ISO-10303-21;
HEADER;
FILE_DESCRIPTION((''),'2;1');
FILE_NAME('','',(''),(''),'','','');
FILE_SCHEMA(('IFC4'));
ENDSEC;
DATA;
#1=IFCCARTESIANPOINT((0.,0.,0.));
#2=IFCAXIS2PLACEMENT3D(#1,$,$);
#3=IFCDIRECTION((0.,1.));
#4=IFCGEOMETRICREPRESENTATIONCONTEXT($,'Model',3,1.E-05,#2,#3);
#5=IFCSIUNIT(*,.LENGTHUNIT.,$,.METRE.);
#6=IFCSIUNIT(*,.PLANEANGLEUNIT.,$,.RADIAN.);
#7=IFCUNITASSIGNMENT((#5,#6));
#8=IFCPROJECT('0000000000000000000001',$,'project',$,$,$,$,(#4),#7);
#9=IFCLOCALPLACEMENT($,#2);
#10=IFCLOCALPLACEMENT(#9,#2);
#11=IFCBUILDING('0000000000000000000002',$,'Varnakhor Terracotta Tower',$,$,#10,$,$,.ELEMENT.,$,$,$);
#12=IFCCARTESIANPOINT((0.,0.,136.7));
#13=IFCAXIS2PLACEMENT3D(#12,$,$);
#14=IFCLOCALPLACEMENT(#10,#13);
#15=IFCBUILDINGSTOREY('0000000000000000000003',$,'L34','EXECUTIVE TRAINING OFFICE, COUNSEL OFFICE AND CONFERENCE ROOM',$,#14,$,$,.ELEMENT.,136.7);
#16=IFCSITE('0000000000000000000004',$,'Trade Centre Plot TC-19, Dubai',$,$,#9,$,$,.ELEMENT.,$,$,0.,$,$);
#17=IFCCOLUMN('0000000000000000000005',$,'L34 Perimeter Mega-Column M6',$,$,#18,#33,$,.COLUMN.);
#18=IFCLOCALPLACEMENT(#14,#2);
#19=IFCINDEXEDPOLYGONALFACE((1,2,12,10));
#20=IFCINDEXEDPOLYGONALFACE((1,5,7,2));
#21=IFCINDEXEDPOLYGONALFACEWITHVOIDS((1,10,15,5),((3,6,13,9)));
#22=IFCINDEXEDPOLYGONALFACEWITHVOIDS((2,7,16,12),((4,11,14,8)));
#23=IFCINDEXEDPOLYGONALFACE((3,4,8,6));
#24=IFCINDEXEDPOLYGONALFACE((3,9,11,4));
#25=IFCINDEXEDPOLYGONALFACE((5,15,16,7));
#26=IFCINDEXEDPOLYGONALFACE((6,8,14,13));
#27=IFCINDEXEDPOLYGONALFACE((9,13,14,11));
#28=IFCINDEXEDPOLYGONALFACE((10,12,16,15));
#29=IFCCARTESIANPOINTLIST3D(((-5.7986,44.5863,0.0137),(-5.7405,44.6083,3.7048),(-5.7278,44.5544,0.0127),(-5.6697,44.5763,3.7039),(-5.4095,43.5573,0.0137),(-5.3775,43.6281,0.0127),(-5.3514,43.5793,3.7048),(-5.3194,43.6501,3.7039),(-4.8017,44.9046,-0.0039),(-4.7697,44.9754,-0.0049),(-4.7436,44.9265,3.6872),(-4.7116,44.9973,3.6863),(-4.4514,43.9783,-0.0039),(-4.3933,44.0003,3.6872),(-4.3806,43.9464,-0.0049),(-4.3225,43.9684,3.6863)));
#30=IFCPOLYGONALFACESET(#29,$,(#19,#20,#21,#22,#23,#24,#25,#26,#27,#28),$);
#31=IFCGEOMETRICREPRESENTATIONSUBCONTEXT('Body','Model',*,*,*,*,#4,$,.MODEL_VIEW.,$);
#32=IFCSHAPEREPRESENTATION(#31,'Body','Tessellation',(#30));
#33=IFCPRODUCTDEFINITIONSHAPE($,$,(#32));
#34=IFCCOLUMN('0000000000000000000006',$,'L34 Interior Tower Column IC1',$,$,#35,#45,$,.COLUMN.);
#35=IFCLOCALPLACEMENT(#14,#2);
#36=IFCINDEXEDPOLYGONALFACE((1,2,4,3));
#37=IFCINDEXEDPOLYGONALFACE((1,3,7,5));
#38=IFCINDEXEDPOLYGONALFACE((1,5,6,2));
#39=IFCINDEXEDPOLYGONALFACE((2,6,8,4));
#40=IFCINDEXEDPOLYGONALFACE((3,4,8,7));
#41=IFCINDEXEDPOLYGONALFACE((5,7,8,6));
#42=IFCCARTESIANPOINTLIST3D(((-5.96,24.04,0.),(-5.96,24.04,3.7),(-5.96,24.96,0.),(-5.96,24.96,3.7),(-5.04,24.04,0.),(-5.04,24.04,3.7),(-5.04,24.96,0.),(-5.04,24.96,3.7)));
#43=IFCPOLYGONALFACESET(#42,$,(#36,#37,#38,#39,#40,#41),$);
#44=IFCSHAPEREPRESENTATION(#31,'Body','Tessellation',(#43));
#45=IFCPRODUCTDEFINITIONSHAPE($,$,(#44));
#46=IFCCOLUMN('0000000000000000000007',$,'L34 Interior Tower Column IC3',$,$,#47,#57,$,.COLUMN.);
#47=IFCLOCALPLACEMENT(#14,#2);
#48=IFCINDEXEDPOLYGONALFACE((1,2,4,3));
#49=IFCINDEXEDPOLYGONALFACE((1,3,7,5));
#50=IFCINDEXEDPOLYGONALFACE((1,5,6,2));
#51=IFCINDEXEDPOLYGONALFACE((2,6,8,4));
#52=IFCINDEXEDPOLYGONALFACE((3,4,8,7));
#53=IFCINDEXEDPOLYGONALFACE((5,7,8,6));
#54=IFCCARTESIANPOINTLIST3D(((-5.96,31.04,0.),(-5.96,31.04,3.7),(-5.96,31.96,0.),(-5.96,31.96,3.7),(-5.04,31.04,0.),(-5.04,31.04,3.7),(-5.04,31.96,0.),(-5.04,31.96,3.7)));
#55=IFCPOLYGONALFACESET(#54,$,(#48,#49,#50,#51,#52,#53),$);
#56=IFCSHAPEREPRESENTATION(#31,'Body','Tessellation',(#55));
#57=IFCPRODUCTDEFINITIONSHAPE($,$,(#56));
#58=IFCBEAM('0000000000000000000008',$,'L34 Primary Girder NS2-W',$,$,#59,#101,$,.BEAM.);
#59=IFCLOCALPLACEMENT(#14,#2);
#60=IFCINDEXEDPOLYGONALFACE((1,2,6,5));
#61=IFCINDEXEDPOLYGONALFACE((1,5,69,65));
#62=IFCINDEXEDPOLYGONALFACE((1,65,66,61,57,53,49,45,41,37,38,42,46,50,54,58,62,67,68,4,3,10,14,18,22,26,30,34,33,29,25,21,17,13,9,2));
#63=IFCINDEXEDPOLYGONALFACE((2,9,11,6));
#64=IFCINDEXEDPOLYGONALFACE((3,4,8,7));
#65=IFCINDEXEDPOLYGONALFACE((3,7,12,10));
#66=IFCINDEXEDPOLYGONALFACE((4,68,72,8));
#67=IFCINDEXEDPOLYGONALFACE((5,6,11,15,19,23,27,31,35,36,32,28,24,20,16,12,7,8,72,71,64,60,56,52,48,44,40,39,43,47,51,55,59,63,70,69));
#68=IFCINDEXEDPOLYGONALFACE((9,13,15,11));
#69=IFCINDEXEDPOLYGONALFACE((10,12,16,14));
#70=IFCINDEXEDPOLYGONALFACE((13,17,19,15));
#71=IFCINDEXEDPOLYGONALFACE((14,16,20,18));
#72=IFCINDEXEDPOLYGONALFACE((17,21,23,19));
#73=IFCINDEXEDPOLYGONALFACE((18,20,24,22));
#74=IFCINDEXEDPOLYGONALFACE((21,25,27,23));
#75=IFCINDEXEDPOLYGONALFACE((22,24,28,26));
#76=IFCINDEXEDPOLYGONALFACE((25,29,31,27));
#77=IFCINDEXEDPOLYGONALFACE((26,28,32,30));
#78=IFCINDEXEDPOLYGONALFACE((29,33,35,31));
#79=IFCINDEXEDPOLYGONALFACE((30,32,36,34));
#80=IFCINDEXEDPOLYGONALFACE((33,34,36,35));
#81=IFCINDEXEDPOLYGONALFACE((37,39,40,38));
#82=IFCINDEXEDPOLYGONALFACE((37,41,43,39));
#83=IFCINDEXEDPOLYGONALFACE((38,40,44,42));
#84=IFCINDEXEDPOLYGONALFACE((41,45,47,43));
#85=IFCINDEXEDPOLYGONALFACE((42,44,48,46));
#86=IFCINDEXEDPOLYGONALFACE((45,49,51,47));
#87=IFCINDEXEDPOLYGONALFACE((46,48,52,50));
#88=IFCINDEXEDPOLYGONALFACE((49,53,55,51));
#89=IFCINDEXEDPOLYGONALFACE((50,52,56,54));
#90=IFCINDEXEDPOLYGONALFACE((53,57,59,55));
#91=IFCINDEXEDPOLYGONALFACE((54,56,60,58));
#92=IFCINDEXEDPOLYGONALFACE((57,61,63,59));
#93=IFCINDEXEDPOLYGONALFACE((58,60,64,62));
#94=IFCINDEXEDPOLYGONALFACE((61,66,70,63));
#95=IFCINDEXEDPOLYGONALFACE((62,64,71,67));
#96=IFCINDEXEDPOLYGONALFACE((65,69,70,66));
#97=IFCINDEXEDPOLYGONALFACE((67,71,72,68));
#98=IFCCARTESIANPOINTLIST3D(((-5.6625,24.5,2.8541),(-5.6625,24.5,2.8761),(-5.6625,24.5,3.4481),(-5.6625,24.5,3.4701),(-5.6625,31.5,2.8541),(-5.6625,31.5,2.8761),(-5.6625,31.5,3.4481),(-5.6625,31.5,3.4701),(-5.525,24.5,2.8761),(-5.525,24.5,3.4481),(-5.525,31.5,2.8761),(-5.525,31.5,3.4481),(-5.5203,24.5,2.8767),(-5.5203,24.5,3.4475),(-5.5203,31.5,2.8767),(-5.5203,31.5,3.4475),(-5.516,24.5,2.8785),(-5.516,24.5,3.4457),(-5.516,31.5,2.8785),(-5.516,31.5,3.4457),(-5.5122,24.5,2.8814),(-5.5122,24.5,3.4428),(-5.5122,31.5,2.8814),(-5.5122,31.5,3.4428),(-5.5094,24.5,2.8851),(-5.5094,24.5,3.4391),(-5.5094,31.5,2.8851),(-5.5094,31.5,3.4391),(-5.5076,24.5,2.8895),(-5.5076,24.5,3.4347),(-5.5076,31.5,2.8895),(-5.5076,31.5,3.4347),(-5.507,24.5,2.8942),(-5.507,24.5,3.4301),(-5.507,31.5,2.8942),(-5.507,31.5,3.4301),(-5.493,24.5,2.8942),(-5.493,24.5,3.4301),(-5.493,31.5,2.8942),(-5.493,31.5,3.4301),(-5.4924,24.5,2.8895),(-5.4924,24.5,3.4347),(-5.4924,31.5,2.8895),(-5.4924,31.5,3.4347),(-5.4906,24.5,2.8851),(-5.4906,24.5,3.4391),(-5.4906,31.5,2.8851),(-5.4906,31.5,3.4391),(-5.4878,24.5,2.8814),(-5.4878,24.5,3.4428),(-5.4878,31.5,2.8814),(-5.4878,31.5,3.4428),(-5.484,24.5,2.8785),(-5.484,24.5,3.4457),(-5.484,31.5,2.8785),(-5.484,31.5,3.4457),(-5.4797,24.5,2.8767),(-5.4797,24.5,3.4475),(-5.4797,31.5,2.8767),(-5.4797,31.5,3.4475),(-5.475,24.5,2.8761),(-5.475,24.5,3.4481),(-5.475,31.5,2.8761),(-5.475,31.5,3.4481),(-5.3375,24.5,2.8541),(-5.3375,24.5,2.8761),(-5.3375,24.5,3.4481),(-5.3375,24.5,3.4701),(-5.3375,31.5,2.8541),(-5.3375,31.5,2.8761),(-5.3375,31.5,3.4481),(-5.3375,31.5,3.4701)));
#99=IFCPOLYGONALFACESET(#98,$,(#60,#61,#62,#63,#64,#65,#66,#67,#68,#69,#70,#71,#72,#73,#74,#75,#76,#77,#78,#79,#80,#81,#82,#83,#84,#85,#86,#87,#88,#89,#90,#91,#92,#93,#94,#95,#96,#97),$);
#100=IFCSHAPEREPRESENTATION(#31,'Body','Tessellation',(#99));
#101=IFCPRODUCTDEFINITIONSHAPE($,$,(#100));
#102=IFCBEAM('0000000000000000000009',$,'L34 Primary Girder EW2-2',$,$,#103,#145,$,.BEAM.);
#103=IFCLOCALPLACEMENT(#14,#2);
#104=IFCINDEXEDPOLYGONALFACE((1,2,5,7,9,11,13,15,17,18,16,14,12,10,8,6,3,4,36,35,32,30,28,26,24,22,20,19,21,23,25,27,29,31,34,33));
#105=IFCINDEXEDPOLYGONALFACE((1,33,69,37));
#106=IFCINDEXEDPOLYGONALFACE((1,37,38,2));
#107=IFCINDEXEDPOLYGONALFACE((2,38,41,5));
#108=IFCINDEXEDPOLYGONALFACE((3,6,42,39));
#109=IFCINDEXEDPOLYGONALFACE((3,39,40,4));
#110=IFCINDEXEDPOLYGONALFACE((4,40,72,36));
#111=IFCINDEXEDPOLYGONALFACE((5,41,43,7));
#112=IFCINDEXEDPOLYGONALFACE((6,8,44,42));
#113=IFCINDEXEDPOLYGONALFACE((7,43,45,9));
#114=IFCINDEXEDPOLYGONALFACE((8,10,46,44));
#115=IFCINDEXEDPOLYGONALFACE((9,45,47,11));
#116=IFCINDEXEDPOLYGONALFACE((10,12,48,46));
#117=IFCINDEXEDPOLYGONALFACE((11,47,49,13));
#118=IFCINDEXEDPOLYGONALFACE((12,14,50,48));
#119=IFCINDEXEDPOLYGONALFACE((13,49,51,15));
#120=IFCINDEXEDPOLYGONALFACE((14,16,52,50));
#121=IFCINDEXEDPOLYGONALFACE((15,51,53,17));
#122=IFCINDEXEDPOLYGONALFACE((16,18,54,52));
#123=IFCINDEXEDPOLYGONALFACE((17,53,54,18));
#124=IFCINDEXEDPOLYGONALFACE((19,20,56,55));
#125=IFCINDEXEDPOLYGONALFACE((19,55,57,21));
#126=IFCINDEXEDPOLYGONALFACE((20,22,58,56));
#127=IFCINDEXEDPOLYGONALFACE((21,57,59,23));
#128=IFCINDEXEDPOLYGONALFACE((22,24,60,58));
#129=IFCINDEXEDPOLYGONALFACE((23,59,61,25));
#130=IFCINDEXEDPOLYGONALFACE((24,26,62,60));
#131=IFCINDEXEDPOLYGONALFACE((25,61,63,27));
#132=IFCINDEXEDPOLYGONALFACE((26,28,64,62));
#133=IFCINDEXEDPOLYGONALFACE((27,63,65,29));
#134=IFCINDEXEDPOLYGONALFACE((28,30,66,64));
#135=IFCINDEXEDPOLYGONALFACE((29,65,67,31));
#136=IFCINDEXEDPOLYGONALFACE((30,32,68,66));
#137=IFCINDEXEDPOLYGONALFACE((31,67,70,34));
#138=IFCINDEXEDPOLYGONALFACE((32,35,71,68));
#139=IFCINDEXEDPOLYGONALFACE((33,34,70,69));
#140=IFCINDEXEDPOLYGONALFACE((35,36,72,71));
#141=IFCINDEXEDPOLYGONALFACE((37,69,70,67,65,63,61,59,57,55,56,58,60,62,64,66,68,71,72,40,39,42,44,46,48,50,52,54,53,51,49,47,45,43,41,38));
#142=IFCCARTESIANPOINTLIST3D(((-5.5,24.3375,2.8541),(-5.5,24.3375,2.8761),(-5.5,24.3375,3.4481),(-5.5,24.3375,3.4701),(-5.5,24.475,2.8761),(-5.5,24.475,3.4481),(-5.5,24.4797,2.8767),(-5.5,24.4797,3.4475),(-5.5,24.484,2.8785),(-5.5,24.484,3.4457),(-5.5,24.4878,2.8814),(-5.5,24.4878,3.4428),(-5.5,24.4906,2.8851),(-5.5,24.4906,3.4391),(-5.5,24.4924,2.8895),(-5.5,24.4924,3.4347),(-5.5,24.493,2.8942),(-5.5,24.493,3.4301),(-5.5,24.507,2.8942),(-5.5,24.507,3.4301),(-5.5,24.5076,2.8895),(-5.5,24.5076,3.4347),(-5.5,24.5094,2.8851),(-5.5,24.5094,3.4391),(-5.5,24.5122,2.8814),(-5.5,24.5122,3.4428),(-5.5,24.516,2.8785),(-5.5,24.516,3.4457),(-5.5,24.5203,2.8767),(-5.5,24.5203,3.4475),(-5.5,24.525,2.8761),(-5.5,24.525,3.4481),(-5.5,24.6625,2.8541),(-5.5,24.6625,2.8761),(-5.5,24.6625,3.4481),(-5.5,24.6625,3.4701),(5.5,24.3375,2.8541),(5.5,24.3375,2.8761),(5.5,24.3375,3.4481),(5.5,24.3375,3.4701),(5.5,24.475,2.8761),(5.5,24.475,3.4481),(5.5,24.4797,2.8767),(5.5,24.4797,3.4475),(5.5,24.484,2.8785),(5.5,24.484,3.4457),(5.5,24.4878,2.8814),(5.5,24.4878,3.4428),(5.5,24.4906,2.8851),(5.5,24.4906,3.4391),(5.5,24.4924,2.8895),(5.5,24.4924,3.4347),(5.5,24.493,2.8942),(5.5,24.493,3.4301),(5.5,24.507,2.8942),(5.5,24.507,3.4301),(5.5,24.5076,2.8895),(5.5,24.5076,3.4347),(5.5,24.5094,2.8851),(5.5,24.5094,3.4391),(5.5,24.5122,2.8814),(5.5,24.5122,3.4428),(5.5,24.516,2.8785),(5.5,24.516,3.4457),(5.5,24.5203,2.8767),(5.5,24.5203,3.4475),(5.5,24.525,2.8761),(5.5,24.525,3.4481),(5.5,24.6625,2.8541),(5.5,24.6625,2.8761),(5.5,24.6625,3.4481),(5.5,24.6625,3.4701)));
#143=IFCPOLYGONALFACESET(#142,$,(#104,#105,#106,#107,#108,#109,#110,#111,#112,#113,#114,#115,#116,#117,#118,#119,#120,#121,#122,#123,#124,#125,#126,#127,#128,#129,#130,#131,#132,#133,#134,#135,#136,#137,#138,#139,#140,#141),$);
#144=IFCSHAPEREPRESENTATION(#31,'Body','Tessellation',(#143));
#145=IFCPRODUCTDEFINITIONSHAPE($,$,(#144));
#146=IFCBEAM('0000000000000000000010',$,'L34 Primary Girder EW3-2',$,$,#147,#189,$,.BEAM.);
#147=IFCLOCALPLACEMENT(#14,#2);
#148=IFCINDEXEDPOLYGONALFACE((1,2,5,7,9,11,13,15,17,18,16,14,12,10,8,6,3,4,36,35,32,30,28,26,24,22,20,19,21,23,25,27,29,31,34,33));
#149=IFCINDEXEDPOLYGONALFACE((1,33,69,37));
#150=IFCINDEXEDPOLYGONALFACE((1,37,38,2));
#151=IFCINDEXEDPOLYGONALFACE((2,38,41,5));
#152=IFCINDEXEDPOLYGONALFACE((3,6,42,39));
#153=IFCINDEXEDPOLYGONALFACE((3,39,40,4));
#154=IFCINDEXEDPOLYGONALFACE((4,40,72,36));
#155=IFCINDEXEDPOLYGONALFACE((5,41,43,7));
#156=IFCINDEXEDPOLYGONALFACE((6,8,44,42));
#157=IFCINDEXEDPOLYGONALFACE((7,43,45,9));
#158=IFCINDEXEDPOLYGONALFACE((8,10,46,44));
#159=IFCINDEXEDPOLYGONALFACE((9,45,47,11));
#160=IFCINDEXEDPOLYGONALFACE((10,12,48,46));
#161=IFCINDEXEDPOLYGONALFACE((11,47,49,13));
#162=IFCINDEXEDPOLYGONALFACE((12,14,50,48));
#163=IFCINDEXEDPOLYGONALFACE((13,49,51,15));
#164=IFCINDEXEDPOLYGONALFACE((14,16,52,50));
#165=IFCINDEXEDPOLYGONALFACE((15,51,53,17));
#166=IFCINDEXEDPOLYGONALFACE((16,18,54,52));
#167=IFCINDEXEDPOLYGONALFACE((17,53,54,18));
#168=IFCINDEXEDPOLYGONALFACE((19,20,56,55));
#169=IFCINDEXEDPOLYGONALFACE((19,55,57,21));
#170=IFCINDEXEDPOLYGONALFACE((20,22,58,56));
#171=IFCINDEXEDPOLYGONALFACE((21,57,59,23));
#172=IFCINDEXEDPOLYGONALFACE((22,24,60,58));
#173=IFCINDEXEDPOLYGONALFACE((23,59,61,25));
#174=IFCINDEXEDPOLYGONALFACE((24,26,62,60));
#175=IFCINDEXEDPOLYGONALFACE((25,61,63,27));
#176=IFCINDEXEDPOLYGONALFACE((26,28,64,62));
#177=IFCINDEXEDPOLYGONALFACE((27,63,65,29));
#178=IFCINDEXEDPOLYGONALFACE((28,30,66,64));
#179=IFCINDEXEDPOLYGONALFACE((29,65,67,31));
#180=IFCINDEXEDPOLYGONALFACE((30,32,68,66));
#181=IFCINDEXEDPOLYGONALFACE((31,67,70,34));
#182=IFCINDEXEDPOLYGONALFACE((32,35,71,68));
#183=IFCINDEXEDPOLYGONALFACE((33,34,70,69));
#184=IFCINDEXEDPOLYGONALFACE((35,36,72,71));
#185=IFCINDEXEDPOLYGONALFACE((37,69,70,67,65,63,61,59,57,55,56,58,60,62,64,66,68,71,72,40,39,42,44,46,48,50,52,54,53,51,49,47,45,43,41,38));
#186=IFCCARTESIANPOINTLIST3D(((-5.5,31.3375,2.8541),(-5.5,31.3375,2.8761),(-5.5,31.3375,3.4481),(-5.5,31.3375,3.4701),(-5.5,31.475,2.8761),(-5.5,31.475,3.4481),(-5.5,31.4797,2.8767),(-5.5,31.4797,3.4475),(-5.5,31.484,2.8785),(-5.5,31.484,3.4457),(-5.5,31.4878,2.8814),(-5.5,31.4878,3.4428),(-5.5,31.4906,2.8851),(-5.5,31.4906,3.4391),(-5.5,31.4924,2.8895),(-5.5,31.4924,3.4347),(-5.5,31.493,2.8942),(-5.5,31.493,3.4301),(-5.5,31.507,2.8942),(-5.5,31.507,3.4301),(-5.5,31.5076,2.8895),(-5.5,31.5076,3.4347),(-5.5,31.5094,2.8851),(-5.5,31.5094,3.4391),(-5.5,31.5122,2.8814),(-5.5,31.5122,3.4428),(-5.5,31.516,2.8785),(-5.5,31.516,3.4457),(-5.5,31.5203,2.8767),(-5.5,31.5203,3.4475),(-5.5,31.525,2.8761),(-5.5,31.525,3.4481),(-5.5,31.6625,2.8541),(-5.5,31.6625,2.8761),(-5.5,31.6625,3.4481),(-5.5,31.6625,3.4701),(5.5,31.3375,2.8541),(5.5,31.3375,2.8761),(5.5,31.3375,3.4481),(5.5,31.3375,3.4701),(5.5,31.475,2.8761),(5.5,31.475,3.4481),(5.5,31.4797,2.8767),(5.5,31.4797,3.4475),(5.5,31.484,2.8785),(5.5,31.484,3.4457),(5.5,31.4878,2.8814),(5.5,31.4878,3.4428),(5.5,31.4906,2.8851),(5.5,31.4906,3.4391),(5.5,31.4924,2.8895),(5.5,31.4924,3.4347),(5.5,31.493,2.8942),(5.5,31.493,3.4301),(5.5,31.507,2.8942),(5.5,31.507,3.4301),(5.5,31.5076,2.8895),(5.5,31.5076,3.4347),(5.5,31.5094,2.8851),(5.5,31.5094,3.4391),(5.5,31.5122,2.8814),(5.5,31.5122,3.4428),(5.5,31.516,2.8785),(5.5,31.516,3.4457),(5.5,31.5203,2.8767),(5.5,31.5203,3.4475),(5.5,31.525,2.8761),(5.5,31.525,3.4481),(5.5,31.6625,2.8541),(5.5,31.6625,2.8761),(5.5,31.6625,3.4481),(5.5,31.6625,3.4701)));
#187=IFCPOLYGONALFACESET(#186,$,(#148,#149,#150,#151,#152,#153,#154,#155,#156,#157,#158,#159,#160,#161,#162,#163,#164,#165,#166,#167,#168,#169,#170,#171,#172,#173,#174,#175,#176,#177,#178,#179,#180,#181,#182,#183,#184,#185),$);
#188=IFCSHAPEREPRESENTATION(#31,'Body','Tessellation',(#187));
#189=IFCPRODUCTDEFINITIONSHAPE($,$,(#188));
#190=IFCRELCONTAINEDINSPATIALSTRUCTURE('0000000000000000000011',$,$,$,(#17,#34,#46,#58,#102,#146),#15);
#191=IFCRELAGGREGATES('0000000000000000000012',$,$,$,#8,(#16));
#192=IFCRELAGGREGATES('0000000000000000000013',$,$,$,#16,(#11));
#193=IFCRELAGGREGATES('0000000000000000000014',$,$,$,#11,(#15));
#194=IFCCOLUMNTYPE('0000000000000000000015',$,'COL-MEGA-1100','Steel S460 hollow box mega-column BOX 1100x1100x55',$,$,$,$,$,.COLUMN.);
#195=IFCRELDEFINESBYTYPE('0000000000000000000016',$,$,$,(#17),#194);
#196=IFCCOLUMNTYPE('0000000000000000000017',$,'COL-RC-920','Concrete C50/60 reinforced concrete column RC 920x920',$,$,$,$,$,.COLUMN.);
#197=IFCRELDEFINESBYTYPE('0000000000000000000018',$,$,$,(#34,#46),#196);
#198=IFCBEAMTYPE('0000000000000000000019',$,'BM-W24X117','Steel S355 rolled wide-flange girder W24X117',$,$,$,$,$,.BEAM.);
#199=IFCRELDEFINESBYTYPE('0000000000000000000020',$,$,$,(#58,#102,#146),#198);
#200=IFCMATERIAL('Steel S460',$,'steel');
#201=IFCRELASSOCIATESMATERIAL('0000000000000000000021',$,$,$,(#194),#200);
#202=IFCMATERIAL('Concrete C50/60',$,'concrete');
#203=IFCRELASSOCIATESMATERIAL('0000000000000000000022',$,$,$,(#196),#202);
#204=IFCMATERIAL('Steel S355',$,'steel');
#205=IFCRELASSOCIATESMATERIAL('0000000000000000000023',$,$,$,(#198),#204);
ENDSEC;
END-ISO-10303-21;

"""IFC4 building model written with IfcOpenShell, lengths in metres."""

from ifc_helpers import new_model, si_unit, direction, frame, origin, origin_2d, place, context, subcontext, project, spatial, rectangle, hollow_rectangle, i_section, extrude, source, transform, mapped, material, material_profile, profile_set, type_object, element, save


model = new_model("IFC4")

# Units and contexts
model_context = context("Model", 3, precision=1e-05, world=origin(), true_north=direction((0.0, 1.0)))
body_context = subcontext(model_context, "Body", "Model", "MODEL_VIEW")
ifc_project = project(units=[si_unit("LENGTHUNIT", "METRE"), si_unit("PLANEANGLEUNIT", "RADIAN")], contexts=[model_context])

# Site, building, storey
site_placement = place(None, origin())
site = spatial("IfcSite", under=ifc_project, at=site_placement, Name="Trade Centre Plot TC-19, Dubai", CompositionType="ELEMENT", RefElevation=0.0)
building_placement = place(site_placement, origin())
building = spatial("IfcBuilding", under=site, at=building_placement, Name="Varnakhor Terracotta Tower", CompositionType="ELEMENT")
storey_placement = place(building_placement, frame((0.0, 0.0, 136.7)))
storey = spatial("IfcBuildingStorey", under=building, at=storey_placement, Name="L34", Description="EXECUTIVE TRAINING OFFICE, COUNSEL OFFICE AND CONFERENCE ROOM", CompositionType="ELEMENT", Elevation=136.7)

# Columns
ifc_material_1 = material(Name="Steel S460", Category="steel")
ifc_material_profile_1 = material_profile(ifc_material_1, hollow_rectangle(XDim=1.1001, YDim=1.1001, WallThickness=0.0549, at=origin_2d()), Name="BOX 1100x1100x55")
ifc_profile_set_1 = profile_set([ifc_material_profile_1], Name="Steel S460")
column_type_1 = type_object("IfcColumnType", Name="COL-MEGA-1100", Description="Steel S460 hollow box mega-column BOX 1100x1100x55", PredefinedType="COLUMN", material=ifc_profile_set_1)
shared_shape_1 = source(origin(), body_context, "Body", "SweptSolid", [
    extrude(hollow_rectangle(XDim=1.1001, YDim=1.1001, WallThickness=0.0549, at=origin_2d()), origin(), (0.0, 0.0, 1.0), 3.6917),
])
column_placement = place(storey_placement, frame((-5.0896, 44.2664, 0.0044), z_axis=(0.01574, 0.005952, 0.999858), x_axis=(-0.353706, 0.935357, 0.0)))
element("IfcColumn", 1, at=column_placement, inside=storey, type_object=column_type_1, Name="L34 Perimeter Mega-Column M6", PredefinedType="COLUMN", context=body_context, shape_type="MappedRepresentation", body=[
    mapped(shared_shape_1, transform((0.0, 0.0, 0.0), scale=1.0)),
])
ifc_material_2 = material(Name="Concrete C50/60", Category="concrete")
ifc_material_profile_2 = material_profile(ifc_material_2, rectangle(XDim=0.9199, YDim=0.9199, at=origin_2d()), Name="RC 920x920")
ifc_profile_set_2 = profile_set([ifc_material_profile_2], Name="Concrete C50/60")
column_type_2 = type_object("IfcColumnType", Name="COL-RC-920", Description="Concrete C50/60 reinforced concrete column RC 920x920", PredefinedType="COLUMN", material=ifc_profile_set_2)
shared_shape_2 = source(origin(), body_context, "Body", "SweptSolid", [
    extrude(rectangle(XDim=0.9199, YDim=0.9199, at=origin_2d()), origin(), (0.0, 0.0, 1.0), 3.7),
])
for number, where, z_axis, x_axis, name in (
    (2, (-5.5, 24.5, 0.0), (0.0, 0.0, 1.0), (1.0, 0.0, 0.0), "L34 Interior Tower Column IC1"),
    (3, (-5.5, 31.5, 0.0), (0.0, 0.0, 1.0), (1.0, 0.0, 0.0), "L34 Interior Tower Column IC3"),
):
    element("IfcColumn", number, at=place(storey_placement, frame(where, z_axis=z_axis, x_axis=x_axis)), inside=storey, type_object=column_type_2, Name=name, PredefinedType="COLUMN", context=body_context, shape_type="MappedRepresentation", body=[
        mapped(shared_shape_2, transform((0.0, 0.0, 0.0), scale=1.0)),
    ])

# Beams
ifc_material_3 = material(Name="Steel S355", Category="steel")
ifc_material_profile_3 = material_profile(ifc_material_3, i_section(OverallWidth=0.325, OverallDepth=0.616, WebThickness=0.0139, FlangeThickness=0.022, FilletRadius=0.0181, at=origin_2d()), Name="W24X117")
ifc_profile_set_3 = profile_set([ifc_material_profile_3], Name="Steel S355")
beam_type_1 = type_object("IfcBeamType", Name="BM-W24X117", Description="Steel S355 rolled wide-flange girder W24X117", PredefinedType="BEAM", material=ifc_profile_set_3)
shared_shape_3 = source(origin(), body_context, "Body", "SweptSolid", [
    extrude(i_section(OverallWidth=0.325, OverallDepth=0.616, WebThickness=0.0139, FlangeThickness=0.022, FilletRadius=0.0181, at=origin_2d()), origin(), (0.0, 0.0, 1.0), 7.0),
])
beam_1_placement = place(storey_placement, frame((-5.5, 24.5, 3.1621), z_axis=(0.0, 1.0, 0.0), x_axis=(-1.0, 0.0, 0.0)))
element("IfcBeam", 4, at=beam_1_placement, inside=storey, type_object=beam_type_1, Name="L34 Primary Girder NS2-W", PredefinedType="BEAM", context=body_context, shape_type="MappedRepresentation", body=[
    mapped(shared_shape_3, transform((0.0, 0.0, 0.0), scale=1.0)),
])
shared_shape_4 = source(origin(), body_context, "Body", "SweptSolid", [
    extrude(i_section(OverallWidth=0.325, OverallDepth=0.616, WebThickness=0.0139, FlangeThickness=0.022, FilletRadius=0.0181, at=origin_2d()), origin(), (0.0, 0.0, 1.0), 11.0),
])
for number, where, z_axis, x_axis, name in (
    (5, (-5.5, 24.5, 3.1621), (1.0, 0.0, 0.0), (0.0, 1.0, 0.0), "L34 Primary Girder EW2-2"),
    (6, (-5.5, 31.5, 3.1621), (1.0, 0.0, 0.0), (0.0, 1.0, 0.0), "L34 Primary Girder EW3-2"),
):
    element("IfcBeam", number, at=place(storey_placement, frame(where, z_axis=z_axis, x_axis=x_axis)), inside=storey, type_object=beam_type_1, Name=name, PredefinedType="BEAM", context=body_context, shape_type="MappedRepresentation", body=[
        mapped(shared_shape_4, transform((0.0, 0.0, 0.0), scale=1.0)),
    ])

save(model, "model.ifc")
